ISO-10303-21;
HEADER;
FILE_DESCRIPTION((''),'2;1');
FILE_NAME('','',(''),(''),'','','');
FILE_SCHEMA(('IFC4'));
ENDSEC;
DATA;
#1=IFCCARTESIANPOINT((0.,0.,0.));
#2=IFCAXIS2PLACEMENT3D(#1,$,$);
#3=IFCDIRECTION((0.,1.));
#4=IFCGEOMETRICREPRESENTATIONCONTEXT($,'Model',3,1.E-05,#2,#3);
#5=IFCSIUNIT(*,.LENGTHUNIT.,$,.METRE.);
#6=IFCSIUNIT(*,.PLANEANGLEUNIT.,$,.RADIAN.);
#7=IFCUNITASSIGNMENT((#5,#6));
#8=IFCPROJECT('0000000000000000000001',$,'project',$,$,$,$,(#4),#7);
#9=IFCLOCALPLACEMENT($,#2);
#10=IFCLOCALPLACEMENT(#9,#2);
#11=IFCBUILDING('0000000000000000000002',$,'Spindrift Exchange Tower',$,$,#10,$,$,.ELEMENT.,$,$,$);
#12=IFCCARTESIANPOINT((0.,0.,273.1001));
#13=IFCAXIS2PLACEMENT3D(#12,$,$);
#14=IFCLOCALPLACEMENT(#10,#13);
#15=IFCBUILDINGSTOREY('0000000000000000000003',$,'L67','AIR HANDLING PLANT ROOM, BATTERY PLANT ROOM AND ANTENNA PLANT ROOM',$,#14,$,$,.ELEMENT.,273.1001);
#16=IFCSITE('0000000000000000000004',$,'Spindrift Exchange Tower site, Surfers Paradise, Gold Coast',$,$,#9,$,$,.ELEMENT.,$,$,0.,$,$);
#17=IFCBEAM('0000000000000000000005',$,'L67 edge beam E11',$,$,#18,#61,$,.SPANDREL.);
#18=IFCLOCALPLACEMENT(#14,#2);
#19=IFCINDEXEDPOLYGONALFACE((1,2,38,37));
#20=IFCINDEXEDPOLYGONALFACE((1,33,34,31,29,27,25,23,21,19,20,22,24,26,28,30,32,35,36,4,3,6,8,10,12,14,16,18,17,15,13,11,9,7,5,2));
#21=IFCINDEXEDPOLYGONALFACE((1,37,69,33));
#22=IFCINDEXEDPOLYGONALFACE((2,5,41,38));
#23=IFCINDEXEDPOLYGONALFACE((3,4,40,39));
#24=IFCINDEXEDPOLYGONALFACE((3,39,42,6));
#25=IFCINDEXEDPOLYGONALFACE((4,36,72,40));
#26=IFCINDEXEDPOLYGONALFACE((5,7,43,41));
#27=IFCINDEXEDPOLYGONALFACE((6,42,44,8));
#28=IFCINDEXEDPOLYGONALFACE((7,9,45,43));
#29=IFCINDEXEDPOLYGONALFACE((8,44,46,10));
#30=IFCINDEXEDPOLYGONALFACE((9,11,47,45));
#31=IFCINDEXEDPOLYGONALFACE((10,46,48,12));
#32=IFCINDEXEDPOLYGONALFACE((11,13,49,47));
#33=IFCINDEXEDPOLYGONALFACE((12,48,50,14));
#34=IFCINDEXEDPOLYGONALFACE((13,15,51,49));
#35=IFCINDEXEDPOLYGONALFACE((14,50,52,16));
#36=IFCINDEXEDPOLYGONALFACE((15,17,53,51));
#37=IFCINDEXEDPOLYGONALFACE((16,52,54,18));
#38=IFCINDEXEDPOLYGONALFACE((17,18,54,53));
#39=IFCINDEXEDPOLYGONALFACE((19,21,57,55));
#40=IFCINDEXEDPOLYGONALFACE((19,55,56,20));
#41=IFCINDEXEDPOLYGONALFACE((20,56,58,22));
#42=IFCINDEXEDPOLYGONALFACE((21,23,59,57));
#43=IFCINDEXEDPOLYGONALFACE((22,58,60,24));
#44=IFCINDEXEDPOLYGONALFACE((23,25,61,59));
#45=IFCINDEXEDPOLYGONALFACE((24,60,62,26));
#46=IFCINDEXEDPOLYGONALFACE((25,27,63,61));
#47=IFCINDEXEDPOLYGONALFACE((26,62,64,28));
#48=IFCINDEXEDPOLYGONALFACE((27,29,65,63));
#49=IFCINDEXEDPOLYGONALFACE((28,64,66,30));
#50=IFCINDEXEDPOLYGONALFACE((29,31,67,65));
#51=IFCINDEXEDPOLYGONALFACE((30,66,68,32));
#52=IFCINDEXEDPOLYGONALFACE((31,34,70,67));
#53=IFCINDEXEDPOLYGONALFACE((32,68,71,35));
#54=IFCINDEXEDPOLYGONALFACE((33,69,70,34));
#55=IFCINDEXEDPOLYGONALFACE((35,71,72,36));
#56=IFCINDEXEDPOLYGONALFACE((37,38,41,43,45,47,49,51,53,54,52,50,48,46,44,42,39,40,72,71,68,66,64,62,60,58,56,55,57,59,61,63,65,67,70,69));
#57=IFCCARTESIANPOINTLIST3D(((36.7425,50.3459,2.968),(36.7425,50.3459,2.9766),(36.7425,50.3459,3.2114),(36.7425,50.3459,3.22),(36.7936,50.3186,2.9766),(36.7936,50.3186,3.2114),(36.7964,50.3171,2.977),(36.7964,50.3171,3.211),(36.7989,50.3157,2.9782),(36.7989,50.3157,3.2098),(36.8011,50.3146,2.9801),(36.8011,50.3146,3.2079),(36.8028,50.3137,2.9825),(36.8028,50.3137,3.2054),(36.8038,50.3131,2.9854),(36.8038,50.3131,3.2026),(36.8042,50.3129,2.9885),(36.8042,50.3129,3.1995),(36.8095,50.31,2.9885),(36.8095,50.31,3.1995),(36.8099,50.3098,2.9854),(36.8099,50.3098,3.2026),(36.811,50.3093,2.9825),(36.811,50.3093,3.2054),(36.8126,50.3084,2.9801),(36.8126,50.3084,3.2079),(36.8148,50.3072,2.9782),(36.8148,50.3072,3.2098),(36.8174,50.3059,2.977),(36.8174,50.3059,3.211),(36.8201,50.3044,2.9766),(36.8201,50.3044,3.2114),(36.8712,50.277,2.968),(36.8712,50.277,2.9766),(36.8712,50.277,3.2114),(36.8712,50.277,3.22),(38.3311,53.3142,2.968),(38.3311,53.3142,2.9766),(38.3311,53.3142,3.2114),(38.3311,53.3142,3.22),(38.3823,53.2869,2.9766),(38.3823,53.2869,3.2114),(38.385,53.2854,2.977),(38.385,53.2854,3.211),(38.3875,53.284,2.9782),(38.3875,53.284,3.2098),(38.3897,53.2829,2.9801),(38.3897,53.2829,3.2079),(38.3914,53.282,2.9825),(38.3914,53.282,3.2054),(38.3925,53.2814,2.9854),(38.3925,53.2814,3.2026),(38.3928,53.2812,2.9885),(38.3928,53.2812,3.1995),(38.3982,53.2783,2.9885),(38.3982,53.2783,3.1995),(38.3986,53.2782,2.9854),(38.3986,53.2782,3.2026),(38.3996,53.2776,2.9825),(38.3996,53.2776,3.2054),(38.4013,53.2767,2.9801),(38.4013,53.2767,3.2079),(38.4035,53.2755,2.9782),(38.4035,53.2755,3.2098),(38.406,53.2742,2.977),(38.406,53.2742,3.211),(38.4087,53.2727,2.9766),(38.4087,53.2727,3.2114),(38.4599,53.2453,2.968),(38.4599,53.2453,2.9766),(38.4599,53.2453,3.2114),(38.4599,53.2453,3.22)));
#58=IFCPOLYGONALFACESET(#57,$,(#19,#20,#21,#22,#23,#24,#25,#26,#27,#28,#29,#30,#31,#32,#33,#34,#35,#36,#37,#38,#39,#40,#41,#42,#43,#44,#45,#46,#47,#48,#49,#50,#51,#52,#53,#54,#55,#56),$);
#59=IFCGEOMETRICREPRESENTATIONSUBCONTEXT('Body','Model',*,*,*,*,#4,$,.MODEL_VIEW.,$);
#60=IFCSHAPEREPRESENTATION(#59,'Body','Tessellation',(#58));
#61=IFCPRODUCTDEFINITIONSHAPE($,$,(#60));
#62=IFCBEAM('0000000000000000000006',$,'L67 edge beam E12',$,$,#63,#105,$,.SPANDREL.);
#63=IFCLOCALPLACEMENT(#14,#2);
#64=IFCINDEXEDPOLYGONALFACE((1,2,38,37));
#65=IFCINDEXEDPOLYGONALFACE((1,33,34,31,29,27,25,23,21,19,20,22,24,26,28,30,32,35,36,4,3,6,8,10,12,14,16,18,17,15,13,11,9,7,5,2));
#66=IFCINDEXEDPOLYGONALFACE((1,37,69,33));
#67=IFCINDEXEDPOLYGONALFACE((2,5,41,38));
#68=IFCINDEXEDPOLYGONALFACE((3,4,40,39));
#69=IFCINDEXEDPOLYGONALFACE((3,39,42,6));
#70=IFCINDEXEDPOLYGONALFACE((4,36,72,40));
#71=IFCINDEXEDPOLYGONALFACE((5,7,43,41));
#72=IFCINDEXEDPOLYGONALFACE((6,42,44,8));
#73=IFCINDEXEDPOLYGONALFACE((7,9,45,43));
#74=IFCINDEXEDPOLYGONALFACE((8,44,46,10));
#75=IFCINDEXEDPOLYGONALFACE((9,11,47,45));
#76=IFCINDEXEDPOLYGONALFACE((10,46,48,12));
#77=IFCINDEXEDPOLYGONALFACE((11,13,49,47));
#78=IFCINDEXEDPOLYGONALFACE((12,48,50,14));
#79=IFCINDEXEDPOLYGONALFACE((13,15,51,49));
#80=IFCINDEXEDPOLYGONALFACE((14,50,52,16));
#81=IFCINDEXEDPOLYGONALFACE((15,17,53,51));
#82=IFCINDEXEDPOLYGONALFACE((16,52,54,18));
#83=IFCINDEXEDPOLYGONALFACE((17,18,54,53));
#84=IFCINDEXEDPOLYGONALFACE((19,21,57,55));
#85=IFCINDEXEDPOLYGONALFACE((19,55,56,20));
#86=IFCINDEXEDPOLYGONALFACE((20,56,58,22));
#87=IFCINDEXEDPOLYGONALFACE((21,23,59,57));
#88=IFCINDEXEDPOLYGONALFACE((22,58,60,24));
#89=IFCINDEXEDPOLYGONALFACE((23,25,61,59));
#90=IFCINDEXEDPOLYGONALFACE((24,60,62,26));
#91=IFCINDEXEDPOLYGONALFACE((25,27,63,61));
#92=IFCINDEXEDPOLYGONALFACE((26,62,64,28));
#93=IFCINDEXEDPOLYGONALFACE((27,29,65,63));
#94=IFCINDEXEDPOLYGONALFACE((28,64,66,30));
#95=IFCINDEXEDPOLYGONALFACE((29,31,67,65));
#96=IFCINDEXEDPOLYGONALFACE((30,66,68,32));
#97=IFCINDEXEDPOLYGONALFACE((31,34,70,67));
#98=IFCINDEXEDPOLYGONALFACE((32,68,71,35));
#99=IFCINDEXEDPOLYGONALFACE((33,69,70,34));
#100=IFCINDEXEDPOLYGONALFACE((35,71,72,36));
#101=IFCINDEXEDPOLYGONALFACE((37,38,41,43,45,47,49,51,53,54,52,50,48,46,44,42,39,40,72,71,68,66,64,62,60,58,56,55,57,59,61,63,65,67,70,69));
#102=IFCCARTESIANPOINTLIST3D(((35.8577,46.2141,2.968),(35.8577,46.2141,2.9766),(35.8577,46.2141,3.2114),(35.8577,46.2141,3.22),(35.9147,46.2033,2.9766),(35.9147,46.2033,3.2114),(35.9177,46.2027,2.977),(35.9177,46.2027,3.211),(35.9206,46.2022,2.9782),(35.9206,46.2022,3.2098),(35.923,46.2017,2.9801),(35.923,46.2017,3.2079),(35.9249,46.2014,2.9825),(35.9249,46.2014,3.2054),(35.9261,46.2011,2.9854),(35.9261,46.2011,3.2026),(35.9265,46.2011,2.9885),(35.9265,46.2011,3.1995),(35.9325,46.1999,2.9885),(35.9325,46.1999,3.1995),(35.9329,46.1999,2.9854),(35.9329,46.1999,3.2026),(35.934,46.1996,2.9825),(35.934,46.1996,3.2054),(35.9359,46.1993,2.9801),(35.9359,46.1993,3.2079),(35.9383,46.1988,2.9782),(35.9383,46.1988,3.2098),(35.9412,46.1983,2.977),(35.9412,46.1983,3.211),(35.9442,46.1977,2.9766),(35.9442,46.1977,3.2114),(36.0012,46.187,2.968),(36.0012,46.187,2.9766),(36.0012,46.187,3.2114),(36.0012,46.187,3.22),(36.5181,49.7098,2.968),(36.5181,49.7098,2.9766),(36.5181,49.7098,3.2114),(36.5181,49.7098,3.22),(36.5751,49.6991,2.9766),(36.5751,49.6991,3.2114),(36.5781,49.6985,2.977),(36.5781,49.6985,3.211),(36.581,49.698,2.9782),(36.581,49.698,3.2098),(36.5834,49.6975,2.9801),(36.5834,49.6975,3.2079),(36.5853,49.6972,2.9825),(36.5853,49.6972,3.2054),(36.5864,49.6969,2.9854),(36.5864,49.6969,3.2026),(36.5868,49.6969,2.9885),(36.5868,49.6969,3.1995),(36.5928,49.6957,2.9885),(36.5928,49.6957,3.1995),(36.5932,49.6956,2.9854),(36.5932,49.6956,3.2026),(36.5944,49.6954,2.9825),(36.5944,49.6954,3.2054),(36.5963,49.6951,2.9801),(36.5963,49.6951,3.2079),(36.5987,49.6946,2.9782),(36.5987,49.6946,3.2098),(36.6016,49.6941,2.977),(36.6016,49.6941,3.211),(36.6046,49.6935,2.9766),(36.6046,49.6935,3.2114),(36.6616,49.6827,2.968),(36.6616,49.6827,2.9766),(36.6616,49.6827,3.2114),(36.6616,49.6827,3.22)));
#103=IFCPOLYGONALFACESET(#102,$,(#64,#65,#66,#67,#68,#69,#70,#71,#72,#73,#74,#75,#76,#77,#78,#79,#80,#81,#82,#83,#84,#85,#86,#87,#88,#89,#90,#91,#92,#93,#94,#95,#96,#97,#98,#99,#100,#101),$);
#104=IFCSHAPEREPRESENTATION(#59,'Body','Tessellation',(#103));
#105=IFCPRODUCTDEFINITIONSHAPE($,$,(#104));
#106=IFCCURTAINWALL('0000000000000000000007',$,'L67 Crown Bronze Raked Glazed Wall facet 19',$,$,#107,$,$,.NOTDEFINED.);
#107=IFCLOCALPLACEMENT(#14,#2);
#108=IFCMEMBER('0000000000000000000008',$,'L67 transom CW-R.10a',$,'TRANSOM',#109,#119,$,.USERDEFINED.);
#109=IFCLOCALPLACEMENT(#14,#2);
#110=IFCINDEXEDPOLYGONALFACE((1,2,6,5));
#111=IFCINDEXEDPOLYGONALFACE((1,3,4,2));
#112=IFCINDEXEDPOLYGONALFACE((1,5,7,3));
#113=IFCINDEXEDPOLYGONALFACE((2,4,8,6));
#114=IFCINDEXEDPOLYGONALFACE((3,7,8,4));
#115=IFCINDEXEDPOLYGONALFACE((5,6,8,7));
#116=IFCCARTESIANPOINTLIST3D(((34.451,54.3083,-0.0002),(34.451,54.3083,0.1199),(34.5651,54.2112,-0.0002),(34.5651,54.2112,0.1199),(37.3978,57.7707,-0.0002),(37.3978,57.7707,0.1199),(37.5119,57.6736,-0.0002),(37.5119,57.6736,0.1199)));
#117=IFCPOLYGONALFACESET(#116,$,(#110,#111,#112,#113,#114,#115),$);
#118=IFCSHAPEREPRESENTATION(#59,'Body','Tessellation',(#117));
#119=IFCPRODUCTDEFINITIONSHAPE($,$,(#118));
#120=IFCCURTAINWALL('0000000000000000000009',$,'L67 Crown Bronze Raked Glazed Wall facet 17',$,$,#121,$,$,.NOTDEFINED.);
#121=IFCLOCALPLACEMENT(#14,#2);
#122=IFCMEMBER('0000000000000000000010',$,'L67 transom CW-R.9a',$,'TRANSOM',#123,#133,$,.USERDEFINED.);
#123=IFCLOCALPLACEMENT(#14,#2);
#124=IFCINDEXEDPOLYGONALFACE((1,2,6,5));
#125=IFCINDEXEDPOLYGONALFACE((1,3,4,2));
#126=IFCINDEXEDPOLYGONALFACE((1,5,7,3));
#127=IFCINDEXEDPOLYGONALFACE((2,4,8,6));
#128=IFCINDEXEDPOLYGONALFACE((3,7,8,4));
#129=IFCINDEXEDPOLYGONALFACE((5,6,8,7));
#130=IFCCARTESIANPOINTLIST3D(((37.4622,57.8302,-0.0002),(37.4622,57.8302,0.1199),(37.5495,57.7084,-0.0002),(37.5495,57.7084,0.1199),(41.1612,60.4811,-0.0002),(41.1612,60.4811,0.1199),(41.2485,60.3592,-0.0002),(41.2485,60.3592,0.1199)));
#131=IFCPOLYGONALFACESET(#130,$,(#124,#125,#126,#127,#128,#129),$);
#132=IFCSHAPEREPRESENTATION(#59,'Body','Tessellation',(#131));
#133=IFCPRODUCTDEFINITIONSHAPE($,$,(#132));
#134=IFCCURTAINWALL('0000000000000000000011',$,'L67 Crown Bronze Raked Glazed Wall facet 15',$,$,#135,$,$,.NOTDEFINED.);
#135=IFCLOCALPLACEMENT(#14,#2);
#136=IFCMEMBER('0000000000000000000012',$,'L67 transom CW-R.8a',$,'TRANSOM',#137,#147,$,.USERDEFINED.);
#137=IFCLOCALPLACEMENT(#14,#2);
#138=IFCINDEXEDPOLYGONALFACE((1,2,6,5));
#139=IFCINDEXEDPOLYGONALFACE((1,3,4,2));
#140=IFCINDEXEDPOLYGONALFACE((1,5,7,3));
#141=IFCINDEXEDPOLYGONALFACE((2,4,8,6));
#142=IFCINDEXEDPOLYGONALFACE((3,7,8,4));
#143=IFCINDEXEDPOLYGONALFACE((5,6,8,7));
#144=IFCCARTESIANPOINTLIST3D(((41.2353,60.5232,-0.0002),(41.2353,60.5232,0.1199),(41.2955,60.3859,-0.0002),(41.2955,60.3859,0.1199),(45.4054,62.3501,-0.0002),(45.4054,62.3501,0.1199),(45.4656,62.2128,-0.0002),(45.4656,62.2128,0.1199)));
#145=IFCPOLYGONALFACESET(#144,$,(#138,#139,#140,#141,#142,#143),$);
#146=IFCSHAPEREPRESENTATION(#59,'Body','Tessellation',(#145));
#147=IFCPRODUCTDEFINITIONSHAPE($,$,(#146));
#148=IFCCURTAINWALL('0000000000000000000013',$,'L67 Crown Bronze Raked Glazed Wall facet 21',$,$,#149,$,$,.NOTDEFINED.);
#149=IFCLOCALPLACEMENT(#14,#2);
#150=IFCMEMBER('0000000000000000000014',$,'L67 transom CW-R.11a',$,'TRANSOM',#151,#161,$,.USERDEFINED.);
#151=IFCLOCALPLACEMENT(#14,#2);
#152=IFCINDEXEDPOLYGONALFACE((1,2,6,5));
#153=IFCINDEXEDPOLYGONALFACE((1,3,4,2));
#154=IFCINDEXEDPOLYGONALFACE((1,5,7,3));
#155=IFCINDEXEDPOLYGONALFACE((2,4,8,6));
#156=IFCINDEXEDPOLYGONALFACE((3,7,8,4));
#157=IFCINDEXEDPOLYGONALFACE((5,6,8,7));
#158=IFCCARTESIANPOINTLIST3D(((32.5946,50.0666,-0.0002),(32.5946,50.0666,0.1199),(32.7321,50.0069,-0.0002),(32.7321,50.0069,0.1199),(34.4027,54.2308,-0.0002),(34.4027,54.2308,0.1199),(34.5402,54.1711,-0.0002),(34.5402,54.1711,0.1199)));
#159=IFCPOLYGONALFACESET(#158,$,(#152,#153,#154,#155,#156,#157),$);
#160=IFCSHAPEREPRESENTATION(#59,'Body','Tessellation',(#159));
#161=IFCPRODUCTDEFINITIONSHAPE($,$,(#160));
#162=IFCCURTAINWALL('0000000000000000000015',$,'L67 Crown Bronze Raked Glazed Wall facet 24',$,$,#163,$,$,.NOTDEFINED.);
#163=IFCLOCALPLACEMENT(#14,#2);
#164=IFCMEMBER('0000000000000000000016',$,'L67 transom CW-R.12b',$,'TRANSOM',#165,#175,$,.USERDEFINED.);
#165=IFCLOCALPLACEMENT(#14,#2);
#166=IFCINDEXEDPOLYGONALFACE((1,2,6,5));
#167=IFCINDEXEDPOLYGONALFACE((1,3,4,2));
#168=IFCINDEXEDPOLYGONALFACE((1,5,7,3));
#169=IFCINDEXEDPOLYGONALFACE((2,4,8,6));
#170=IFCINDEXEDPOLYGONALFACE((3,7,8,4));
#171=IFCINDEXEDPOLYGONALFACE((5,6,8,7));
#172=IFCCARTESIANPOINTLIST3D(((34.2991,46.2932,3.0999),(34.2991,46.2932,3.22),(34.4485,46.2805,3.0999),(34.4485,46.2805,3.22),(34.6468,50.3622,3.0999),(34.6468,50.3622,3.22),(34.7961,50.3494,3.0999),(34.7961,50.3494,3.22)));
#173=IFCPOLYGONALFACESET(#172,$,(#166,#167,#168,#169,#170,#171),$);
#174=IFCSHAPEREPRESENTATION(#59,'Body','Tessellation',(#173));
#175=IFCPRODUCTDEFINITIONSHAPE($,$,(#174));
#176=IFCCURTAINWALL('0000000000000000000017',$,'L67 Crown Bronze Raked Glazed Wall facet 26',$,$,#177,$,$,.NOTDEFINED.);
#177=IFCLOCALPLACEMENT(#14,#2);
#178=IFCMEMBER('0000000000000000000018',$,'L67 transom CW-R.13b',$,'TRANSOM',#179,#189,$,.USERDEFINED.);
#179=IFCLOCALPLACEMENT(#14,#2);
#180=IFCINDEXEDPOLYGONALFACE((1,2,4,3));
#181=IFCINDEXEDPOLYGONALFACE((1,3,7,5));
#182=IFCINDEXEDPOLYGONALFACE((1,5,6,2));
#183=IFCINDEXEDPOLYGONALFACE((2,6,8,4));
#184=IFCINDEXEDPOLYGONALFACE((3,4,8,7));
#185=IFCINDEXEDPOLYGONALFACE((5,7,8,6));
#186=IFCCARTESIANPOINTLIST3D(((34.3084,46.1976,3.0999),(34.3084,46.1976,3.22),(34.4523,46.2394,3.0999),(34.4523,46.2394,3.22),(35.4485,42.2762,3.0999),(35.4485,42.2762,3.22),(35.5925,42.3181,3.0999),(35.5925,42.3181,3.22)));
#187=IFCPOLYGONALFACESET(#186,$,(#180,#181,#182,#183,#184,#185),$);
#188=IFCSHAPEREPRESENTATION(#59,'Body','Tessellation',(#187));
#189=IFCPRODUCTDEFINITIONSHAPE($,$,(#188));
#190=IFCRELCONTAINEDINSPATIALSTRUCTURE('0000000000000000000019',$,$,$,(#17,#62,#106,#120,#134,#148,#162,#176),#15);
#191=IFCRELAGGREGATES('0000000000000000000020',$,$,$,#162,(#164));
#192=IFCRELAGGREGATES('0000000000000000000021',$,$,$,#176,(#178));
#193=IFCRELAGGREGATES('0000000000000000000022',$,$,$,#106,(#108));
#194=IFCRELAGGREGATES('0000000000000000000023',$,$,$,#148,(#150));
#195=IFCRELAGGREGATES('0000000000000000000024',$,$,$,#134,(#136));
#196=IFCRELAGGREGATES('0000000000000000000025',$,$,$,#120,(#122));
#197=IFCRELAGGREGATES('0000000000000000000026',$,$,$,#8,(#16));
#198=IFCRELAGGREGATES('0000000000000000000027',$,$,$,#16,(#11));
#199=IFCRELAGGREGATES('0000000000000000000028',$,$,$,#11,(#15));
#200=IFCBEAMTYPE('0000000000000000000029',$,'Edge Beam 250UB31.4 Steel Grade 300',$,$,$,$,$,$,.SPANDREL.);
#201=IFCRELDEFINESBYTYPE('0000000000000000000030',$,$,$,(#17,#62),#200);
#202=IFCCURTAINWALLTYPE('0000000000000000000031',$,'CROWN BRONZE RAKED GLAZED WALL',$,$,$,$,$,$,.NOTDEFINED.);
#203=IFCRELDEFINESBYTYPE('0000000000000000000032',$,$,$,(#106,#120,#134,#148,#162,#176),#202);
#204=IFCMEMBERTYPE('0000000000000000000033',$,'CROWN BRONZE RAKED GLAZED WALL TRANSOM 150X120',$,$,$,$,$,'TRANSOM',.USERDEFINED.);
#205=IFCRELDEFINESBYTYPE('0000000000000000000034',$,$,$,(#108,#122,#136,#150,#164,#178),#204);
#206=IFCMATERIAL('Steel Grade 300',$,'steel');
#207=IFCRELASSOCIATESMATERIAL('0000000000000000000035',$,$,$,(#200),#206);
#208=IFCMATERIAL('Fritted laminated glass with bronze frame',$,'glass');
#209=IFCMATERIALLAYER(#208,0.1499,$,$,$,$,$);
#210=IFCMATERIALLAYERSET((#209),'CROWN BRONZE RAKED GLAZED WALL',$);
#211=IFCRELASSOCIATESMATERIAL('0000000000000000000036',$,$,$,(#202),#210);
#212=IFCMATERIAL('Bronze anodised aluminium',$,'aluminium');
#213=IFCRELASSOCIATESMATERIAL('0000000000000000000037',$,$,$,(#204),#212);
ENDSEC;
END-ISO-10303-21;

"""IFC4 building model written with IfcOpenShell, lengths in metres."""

from ifc_helpers import new_model, si_unit, direction, frame, origin, origin_2d, place, context, subcontext, project, spatial, rectangle, i_section, extrude, source, transform, mapped, material, layer, layer_set, material_profile, profile_set, type_object, element, aggregate, save


model = new_model("IFC4")

# Units and contexts
model_context = context("Model", 3, precision=1e-05, world=origin(), true_north=direction((0.0, 1.0)))
body_context = subcontext(model_context, "Body", "Model", "MODEL_VIEW")
ifc_project = project(units=[si_unit("LENGTHUNIT", "METRE"), si_unit("PLANEANGLEUNIT", "RADIAN")], contexts=[model_context])

# Site, building, storey
site_placement = place(None, origin())
site = spatial("IfcSite", under=ifc_project, at=site_placement, Name="Spindrift Exchange Tower site, Surfers Paradise, Gold Coast", CompositionType="ELEMENT", RefElevation=0.0)
building_placement = place(site_placement, origin())
building = spatial("IfcBuilding", under=site, at=building_placement, Name="Spindrift Exchange Tower", CompositionType="ELEMENT")
storey_placement = place(building_placement, frame((0.0, 0.0, 273.1001)))
storey = spatial("IfcBuildingStorey", under=building, at=storey_placement, Name="L67", Description="AIR HANDLING PLANT ROOM, BATTERY PLANT ROOM AND ANTENNA PLANT ROOM", CompositionType="ELEMENT", Elevation=273.1001)

# Beams
ifc_material_1 = material(Name="Steel Grade 300", Category="steel")
ifc_material_profile_1 = material_profile(ifc_material_1, i_section(OverallWidth=0.146, OverallDepth=0.252, WebThickness=0.0061, FlangeThickness=0.0085, FilletRadius=0.012, at=origin_2d()), Name="250UB31.4")
ifc_profile_set_1 = profile_set([ifc_material_profile_1], Name="Steel Grade 300")
beam_type_1 = type_object("IfcBeamType", Name="Edge Beam 250UB31.4 Steel Grade 300", PredefinedType="SPANDREL", material=ifc_profile_set_1)
shared_shape_1 = source(origin(), body_context, "Body", "SweptSolid", [
    extrude(i_section(OverallWidth=0.146, OverallDepth=0.252, WebThickness=0.0061, FlangeThickness=0.0085, FilletRadius=0.012, at=origin_2d()), origin(), (0.0, 0.0, 1.0), 3.3667),
])
beam_1_placement = place(storey_placement, frame((38.3955, 53.2798, 3.094), z_axis=(-0.471871, -0.881667, 0.0), x_axis=(0.881667, -0.471871, 0.0)))
element("IfcBeam", 1, at=beam_1_placement, inside=storey, type_object=beam_type_1, Name="L67 edge beam E11", PredefinedType="SPANDREL", context=body_context, shape_type="MappedRepresentation", body=[
    mapped(shared_shape_1, transform((0.0, 0.0, 0.0), scale=1.0)),
])
shared_shape_2 = source(origin(), body_context, "Body", "SweptSolid", [
    extrude(i_section(OverallWidth=0.146, OverallDepth=0.252, WebThickness=0.0061, FlangeThickness=0.0085, FilletRadius=0.012, at=origin_2d()), origin(), (0.0, 0.0, 1.0), 3.5576),
])
beam_2_placement = place(storey_placement, frame((36.5898, 49.6963, 3.094), z_axis=(-0.185627, -0.98262, 0.0), x_axis=(0.98262, -0.185627, 0.0)))
element("IfcBeam", 2, at=beam_2_placement, inside=storey, type_object=beam_type_1, Name="L67 edge beam E12", PredefinedType="SPANDREL", context=body_context, shape_type="MappedRepresentation", body=[
    mapped(shared_shape_2, transform((0.0, 0.0, 0.0), scale=1.0)),
])

# Curtain walls, members
ifc_material_2 = material(Name="Fritted laminated glass with bronze frame", Category="glass")
ifc_layer_1 = layer(ifc_material_2, 0.1499)
ifc_layer_set_1 = layer_set([ifc_layer_1], Name="CROWN BRONZE RAKED GLAZED WALL")
curtain_wall_type = type_object("IfcCurtainWallType", Name="CROWN BRONZE RAKED GLAZED WALL", PredefinedType="NOTDEFINED", material=ifc_layer_set_1)
curtain_wall_1_placement = place(storey_placement, origin())
curtain_wall_1 = element("IfcCurtainWall", 3, at=curtain_wall_1_placement, inside=storey, type_object=curtain_wall_type, Name="L67 Crown Bronze Raked Glazed Wall facet 19", PredefinedType="NOTDEFINED")
ifc_material_3 = material(Name="Bronze anodised aluminium", Category="aluminium")
ifc_material_profile_2 = material_profile(ifc_material_3, rectangle(XDim=0.1499, YDim=0.1201, at=origin_2d()), Name="CROWN BRONZE RAKED GLAZED WALL TRANSOM 150X120")
ifc_profile_set_2 = profile_set([ifc_material_profile_2], Name="Bronze anodised aluminium")
member_type_1 = type_object("IfcMemberType", Name="CROWN BRONZE RAKED GLAZED WALL TRANSOM 150X120", ElementType="TRANSOM", PredefinedType="USERDEFINED", material=ifc_profile_set_2)
shared_shape_3 = source(origin(), body_context, "Body", "SweptSolid", [
    extrude(rectangle(XDim=0.1499, YDim=0.1201, at=origin_2d()), origin(), (0.0, 0.0, 1.0), 4.5466),
])
member_1_placement = place(storey_placement, frame((37.4548, 57.7222, 0.0598), z_axis=(-0.648125, -0.761534, 0.0), x_axis=(0.761534, -0.648125, 0.0)))
member_1 = element("IfcMember", 4, at=member_1_placement, type_object=member_type_1, Name="L67 transom CW-R.10a", ObjectType="TRANSOM", PredefinedType="USERDEFINED", context=body_context, shape_type="MappedRepresentation", body=[
    mapped(shared_shape_3, transform((0.0, 0.0, 0.0), scale=1.0)),
])
curtain_wall_2_placement = place(storey_placement, origin())
curtain_wall_2 = element("IfcCurtainWall", 5, at=curtain_wall_2_placement, inside=storey, type_object=curtain_wall_type, Name="L67 Crown Bronze Raked Glazed Wall facet 17", PredefinedType="NOTDEFINED")
shared_shape_4 = source(origin(), body_context, "Body", "SweptSolid", [
    extrude(rectangle(XDim=0.1499, YDim=0.1201, at=origin_2d()), origin(), (0.0, 0.0, 1.0), 4.5508),
])
member_2_placement = place(storey_placement, frame((41.2048, 60.4202, 0.0598), z_axis=(-0.812823, -0.582511, 0.0), x_axis=(0.582511, -0.812823, 0.0)))
member_2 = element("IfcMember", 6, at=member_2_placement, type_object=member_type_1, Name="L67 transom CW-R.9a", ObjectType="TRANSOM", PredefinedType="USERDEFINED", context=body_context, shape_type="MappedRepresentation", body=[
    mapped(shared_shape_4, transform((0.0, 0.0, 0.0), scale=1.0)),
])
curtain_wall_3_placement = place(storey_placement, origin())
curtain_wall_3 = element("IfcCurtainWall", 7, at=curtain_wall_3_placement, inside=storey, type_object=curtain_wall_type, Name="L67 Crown Bronze Raked Glazed Wall facet 15", PredefinedType="NOTDEFINED")
shared_shape_5 = source(origin(), body_context, "Body", "SweptSolid", [
    extrude(rectangle(XDim=0.1499, YDim=0.1201, at=origin_2d()), origin(), (0.0, 0.0, 1.0), 4.5527),
])
member_3_placement = place(storey_placement, frame((41.2654, 60.4546, 0.0598), z_axis=(0.915959, 0.401272, 0.0), x_axis=(-0.401272, 0.915959, 0.0)))
member_3 = element("IfcMember", 8, at=member_3_placement, type_object=member_type_1, Name="L67 transom CW-R.8a", ObjectType="TRANSOM", PredefinedType="USERDEFINED", context=body_context, shape_type="MappedRepresentation", body=[
    mapped(shared_shape_5, transform((0.0, 0.0, 0.0), scale=1.0)),
])
curtain_wall_4_placement = place(storey_placement, origin())
curtain_wall_4 = element("IfcCurtainWall", 9, at=curtain_wall_4_placement, inside=storey, type_object=curtain_wall_type, Name="L67 Crown Bronze Raked Glazed Wall facet 21", PredefinedType="NOTDEFINED")
shared_shape_6 = source(origin(), body_context, "Body", "SweptSolid", [
    extrude(rectangle(XDim=0.1499, YDim=0.1201, at=origin_2d()), origin(), (0.0, 0.0, 1.0), 4.5398),
])
member_4_placement = place(storey_placement, frame((34.4714, 54.2009, 0.0598), z_axis=(-0.39827, -0.917268, 0.0), x_axis=(0.917268, -0.39827, 0.0)))
member_4 = element("IfcMember", 10, at=member_4_placement, type_object=member_type_1, Name="L67 transom CW-R.11a", ObjectType="TRANSOM", PredefinedType="USERDEFINED", context=body_context, shape_type="MappedRepresentation", body=[
    mapped(shared_shape_6, transform((0.0, 0.0, 0.0), scale=1.0)),
])
curtain_wall_5_placement = place(storey_placement, origin())
curtain_wall_5 = element("IfcCurtainWall", 11, at=curtain_wall_5_placement, inside=storey, type_object=curtain_wall_type, Name="L67 Crown Bronze Raked Glazed Wall facet 24", PredefinedType="NOTDEFINED")
shared_shape_7 = source(origin(), body_context, "Body", "SweptSolid", [
    extrude(rectangle(XDim=0.1499, YDim=0.1201, at=origin_2d()), origin(), (0.0, 0.0, 1.0), 4.0837),
])
member_5_placement = place(storey_placement, frame((34.3738, 46.2869, 3.1599), z_axis=(0.085133, 0.99637, 0.0), x_axis=(-0.99637, 0.085133, 0.0)))
member_5 = element("IfcMember", 12, at=member_5_placement, type_object=member_type_1, Name="L67 transom CW-R.12b", ObjectType="TRANSOM", PredefinedType="USERDEFINED", context=body_context, shape_type="MappedRepresentation", body=[
    mapped(shared_shape_7, transform((0.0, 0.0, 0.0), scale=1.0)),
])
aggregate(curtain_wall_5, [member_5])
curtain_wall_6_placement = place(storey_placement, origin())
curtain_wall_6 = element("IfcCurtainWall", 13, at=curtain_wall_6_placement, inside=storey, type_object=curtain_wall_type, Name="L67 Crown Bronze Raked Glazed Wall facet 26", PredefinedType="NOTDEFINED")
member_6_placement = place(storey_placement, frame((34.3804, 46.2185, 3.1599), z_axis=(0.279187, -0.960237, 0.0), x_axis=(0.960237, 0.279187, 0.0)))
member_6 = element("IfcMember", 14, at=member_6_placement, type_object=member_type_1, Name="L67 transom CW-R.13b", ObjectType="TRANSOM", PredefinedType="USERDEFINED", context=body_context, shape_type="MappedRepresentation", body=[
    mapped(shared_shape_7, transform((0.0, 0.0, 0.0), scale=1.0)),
])
aggregate(curtain_wall_6, [member_6])

aggregate(curtain_wall_1, [member_1])
aggregate(curtain_wall_4, [member_4])
aggregate(curtain_wall_3, [member_3])
aggregate(curtain_wall_2, [member_2])

save(model, "model.ifc")
